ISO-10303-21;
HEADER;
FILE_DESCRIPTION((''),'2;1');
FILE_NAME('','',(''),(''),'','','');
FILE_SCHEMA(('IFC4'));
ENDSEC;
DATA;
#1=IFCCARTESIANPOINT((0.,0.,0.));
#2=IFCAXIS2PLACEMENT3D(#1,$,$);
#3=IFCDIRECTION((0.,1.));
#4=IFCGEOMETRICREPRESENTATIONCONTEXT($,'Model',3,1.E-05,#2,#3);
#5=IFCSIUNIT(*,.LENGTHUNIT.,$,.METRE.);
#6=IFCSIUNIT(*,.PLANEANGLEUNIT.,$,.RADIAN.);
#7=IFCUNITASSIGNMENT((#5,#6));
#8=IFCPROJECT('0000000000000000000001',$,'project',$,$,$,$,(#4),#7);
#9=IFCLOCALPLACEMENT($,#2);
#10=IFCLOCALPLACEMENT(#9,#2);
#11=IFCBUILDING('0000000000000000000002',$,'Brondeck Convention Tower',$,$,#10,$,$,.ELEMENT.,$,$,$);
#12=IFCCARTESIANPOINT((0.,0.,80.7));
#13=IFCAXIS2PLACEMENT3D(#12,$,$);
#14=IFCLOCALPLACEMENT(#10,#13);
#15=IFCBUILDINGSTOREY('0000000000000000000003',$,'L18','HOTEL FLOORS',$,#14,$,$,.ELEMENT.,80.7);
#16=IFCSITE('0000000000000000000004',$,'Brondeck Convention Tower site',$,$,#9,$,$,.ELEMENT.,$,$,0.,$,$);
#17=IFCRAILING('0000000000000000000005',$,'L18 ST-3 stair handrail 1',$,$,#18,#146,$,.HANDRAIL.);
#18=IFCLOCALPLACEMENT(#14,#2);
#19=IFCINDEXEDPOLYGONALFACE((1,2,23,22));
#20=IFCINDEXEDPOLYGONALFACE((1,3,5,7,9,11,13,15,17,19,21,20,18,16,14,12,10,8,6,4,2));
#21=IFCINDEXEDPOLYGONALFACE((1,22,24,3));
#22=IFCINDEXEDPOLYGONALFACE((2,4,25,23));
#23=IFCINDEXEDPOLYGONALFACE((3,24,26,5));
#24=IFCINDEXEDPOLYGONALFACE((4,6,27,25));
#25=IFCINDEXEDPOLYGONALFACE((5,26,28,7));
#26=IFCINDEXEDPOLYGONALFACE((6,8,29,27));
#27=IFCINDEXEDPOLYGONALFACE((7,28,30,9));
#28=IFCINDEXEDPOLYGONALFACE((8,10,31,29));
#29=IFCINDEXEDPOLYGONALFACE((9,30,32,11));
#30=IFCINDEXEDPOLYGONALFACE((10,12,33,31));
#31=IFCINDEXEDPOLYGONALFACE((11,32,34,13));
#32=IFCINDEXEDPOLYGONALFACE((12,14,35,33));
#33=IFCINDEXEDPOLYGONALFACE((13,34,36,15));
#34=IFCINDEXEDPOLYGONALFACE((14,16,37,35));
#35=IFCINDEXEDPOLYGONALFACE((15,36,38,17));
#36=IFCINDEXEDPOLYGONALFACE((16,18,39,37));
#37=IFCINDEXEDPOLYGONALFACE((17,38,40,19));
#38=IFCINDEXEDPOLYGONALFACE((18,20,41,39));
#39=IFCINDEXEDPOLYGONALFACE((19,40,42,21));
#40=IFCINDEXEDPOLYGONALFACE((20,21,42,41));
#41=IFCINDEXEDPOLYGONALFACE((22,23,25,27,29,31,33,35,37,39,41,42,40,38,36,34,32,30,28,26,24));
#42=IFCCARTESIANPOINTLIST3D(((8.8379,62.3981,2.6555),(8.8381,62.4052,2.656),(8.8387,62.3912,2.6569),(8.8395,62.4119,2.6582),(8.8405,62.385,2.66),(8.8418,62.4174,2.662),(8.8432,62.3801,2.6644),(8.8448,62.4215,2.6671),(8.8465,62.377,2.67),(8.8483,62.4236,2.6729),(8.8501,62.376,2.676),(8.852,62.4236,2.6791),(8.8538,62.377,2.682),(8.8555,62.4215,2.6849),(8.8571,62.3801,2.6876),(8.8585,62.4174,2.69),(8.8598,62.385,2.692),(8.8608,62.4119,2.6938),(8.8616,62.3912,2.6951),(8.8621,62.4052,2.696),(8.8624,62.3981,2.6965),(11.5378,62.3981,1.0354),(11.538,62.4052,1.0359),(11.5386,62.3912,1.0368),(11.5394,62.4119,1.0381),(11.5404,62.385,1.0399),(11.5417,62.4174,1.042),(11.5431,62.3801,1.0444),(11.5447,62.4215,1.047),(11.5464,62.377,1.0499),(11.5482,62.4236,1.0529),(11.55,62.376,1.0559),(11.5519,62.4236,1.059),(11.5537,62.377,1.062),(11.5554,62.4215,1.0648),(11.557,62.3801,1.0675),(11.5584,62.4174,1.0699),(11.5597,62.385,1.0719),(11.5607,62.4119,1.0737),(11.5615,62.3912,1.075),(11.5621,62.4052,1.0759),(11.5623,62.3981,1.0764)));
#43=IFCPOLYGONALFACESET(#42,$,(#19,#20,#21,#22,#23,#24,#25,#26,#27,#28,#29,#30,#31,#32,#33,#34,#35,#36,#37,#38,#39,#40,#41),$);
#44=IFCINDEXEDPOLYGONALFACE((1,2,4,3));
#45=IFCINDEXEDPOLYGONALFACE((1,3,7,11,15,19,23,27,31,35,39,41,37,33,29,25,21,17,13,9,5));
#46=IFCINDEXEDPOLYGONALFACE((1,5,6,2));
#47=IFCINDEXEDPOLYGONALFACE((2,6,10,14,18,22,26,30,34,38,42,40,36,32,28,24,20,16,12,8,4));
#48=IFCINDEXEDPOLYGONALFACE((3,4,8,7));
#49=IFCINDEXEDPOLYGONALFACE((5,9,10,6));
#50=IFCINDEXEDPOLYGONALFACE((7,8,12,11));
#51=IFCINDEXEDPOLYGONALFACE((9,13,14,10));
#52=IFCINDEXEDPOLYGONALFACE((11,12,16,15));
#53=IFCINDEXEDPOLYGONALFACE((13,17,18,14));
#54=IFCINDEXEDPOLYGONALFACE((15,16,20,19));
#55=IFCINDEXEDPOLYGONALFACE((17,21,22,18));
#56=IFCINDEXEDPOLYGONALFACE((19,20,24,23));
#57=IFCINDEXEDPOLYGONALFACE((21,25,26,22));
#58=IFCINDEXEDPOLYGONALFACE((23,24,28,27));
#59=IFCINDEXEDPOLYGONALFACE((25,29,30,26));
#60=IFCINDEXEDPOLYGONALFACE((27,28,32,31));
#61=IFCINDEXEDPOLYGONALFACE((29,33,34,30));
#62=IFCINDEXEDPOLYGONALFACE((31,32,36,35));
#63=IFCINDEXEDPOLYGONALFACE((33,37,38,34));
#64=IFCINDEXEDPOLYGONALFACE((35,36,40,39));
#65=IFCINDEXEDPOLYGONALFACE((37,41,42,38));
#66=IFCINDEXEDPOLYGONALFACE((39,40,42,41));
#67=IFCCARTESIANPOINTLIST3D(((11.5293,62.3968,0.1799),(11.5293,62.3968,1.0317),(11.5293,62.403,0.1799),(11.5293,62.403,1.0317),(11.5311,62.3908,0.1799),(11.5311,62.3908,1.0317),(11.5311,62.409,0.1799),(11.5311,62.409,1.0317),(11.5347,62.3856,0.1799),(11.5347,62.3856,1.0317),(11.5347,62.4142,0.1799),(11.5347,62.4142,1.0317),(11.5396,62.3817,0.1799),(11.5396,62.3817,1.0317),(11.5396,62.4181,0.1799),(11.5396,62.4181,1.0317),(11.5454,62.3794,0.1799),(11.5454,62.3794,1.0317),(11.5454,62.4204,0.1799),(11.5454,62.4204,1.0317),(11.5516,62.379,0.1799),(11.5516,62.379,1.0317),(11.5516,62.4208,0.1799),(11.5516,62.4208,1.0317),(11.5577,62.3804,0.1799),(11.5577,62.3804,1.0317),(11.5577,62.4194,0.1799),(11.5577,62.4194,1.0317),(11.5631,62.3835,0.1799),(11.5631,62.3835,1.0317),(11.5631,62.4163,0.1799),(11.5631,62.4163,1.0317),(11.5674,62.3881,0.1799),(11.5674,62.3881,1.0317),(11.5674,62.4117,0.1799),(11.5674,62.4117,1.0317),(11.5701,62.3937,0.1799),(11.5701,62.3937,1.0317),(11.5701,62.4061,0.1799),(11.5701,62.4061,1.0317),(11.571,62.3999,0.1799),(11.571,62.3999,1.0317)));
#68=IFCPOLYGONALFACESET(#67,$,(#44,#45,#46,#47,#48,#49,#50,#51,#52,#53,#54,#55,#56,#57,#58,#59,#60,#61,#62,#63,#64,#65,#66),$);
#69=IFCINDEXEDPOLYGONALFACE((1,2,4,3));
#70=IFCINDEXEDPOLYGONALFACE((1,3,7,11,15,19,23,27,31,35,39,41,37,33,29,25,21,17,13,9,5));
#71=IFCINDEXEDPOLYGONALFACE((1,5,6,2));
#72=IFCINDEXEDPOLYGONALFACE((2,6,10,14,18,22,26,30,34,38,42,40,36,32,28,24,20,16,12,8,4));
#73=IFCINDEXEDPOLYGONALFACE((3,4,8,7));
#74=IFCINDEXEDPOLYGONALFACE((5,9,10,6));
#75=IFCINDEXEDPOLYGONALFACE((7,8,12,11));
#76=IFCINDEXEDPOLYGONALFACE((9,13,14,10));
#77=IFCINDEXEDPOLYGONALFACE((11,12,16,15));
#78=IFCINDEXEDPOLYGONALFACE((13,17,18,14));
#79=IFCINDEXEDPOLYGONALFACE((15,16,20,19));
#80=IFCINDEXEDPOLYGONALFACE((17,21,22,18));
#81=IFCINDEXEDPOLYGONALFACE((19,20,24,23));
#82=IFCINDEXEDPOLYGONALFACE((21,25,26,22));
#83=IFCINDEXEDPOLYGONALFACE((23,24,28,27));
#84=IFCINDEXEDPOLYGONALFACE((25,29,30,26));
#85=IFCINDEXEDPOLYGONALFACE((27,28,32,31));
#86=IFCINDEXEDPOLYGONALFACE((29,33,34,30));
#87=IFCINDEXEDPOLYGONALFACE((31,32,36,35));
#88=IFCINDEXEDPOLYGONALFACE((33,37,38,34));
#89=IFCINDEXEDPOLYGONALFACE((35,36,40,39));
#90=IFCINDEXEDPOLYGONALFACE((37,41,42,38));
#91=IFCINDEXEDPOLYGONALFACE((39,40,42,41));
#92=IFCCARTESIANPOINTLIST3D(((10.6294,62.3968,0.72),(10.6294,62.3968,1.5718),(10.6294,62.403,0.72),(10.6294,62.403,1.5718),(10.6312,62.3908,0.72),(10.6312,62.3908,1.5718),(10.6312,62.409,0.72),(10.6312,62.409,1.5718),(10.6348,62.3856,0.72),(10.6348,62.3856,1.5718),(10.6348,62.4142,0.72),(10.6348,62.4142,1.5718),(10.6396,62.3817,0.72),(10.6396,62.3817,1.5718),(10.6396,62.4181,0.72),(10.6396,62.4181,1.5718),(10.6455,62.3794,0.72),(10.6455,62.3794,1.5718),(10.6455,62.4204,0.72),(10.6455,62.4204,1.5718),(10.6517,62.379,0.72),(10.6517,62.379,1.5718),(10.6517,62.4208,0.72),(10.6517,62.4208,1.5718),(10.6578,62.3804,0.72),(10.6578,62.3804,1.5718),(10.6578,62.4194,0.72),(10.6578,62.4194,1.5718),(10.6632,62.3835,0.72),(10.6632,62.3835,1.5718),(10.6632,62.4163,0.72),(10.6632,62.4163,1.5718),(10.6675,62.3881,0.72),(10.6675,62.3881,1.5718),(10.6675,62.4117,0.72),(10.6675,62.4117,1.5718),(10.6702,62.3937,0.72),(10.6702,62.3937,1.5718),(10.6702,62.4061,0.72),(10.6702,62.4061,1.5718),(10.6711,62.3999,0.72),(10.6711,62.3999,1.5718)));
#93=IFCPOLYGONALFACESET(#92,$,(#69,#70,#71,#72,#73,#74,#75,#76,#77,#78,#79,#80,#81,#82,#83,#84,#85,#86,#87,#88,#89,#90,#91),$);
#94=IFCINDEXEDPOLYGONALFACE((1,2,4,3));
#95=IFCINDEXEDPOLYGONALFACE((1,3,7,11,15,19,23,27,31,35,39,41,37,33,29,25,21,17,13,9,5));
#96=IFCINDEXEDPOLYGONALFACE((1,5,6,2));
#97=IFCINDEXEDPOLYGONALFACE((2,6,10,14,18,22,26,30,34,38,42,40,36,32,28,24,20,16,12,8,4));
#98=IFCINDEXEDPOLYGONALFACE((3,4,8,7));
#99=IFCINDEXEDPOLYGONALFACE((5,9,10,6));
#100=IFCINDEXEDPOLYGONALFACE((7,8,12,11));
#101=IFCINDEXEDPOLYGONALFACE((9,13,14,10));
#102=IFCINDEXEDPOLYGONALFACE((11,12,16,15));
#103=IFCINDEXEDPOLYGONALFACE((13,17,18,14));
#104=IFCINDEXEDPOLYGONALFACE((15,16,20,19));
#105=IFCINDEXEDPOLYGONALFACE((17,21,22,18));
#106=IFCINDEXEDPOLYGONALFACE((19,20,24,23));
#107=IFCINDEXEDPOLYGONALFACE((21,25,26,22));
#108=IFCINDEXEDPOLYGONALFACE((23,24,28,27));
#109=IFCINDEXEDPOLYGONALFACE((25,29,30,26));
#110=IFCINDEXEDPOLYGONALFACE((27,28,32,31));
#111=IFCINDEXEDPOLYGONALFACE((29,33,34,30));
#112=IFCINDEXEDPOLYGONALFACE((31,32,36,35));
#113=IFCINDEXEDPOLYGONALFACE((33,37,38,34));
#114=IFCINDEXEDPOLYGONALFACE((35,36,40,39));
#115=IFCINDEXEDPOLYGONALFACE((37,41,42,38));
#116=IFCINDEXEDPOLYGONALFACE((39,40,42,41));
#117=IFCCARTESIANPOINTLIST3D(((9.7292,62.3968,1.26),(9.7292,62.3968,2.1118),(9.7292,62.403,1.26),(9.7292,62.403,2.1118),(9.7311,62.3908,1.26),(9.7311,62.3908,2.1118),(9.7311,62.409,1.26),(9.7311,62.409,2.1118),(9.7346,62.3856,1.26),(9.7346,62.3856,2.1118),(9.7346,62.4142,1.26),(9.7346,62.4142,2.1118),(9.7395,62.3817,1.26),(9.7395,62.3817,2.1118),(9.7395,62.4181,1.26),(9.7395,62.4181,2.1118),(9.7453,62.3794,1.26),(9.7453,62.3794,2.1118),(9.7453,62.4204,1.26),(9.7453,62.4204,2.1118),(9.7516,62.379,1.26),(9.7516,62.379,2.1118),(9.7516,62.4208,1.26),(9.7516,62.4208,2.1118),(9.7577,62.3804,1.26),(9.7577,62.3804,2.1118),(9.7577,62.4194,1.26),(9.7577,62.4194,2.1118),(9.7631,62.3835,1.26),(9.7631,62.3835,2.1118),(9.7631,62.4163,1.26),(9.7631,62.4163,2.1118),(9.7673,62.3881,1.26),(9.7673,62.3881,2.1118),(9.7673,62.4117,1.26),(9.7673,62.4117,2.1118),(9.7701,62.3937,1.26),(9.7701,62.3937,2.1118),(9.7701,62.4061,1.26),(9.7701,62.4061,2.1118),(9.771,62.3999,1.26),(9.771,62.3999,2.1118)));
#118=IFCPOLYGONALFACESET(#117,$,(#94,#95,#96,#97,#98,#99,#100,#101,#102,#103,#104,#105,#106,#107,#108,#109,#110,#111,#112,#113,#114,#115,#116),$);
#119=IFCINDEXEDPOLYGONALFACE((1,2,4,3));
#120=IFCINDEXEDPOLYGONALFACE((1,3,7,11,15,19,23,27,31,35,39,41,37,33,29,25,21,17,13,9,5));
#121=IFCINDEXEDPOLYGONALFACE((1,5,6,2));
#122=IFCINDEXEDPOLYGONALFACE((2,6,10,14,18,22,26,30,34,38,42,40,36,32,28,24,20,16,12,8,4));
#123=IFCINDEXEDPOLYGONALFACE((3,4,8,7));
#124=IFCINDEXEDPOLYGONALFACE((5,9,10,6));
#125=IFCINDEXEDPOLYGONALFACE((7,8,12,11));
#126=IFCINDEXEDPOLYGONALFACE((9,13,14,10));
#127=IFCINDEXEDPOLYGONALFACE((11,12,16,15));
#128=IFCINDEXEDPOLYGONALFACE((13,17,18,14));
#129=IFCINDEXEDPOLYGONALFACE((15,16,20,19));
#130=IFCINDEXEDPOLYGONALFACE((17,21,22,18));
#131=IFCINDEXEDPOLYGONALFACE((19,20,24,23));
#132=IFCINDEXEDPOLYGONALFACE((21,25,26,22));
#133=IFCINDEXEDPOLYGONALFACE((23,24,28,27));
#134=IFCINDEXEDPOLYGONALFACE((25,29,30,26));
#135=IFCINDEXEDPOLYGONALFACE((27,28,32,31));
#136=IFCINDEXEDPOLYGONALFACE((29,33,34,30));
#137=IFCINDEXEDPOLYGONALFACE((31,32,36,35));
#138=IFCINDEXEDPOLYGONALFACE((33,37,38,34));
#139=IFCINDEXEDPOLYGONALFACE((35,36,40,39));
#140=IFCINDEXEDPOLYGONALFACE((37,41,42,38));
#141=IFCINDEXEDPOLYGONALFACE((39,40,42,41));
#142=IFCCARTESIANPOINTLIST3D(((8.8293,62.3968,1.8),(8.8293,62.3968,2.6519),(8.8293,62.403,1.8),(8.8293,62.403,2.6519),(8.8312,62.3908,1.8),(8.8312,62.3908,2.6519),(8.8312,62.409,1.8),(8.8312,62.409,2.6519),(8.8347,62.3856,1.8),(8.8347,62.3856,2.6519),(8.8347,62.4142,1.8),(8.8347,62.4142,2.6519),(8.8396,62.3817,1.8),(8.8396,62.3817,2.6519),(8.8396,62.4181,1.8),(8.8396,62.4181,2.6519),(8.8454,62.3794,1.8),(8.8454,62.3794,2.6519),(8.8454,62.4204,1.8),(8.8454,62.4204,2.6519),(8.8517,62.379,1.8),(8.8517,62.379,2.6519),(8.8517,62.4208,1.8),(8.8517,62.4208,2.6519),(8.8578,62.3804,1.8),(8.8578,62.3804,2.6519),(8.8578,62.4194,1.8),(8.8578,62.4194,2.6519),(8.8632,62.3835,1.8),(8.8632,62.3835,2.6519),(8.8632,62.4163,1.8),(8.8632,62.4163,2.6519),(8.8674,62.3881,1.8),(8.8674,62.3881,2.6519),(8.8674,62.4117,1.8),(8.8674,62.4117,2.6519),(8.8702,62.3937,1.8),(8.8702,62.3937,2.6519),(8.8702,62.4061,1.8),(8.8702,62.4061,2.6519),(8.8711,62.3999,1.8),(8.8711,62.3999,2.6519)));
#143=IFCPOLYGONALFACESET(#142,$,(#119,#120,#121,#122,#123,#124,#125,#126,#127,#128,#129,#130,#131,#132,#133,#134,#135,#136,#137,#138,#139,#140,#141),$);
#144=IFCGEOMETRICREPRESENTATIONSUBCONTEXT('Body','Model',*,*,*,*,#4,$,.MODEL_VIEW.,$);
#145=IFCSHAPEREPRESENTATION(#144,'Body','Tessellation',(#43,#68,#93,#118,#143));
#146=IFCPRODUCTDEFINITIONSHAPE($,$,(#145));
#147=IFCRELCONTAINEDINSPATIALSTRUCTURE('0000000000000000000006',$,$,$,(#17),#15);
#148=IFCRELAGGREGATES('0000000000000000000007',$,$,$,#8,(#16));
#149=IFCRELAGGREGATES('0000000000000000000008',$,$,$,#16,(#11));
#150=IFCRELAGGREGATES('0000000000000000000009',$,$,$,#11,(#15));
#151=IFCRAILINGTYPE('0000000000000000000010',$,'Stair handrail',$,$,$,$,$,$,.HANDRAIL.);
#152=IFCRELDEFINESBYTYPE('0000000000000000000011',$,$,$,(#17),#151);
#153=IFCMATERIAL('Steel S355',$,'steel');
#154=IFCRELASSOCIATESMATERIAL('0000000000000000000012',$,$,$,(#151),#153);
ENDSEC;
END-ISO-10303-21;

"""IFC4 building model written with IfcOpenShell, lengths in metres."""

from ifc_helpers import new_model, si_unit, direction, frame, origin, origin_2d, place, context, subcontext, project, spatial, circle, extrude, material, type_object, element, save


model = new_model("IFC4")

# Units and contexts
model_context = context("Model", 3, precision=1e-05, world=origin(), true_north=direction((0.0, 1.0)))
body_context = subcontext(model_context, "Body", "Model", "MODEL_VIEW")
ifc_project = project(units=[si_unit("LENGTHUNIT", "METRE"), si_unit("PLANEANGLEUNIT", "RADIAN")], contexts=[model_context])

# Site, building, storey
site_placement = place(None, origin())
site = spatial("IfcSite", under=ifc_project, at=site_placement, Name="Brondeck Convention Tower site", CompositionType="ELEMENT", RefElevation=0.0)
building_placement = place(site_placement, origin())
building = spatial("IfcBuilding", under=site, at=building_placement, Name="Brondeck Convention Tower", CompositionType="ELEMENT")
storey_placement = place(building_placement, frame((0.0, 0.0, 80.7)))
storey = spatial("IfcBuildingStorey", under=building, at=storey_placement, Name="L18", Description="HOTEL FLOORS", CompositionType="ELEMENT", Elevation=80.7)

# Railing
ifc_material_1 = material(Name="Steel S355", Category="steel")
railing_type_1 = type_object("IfcRailingType", Name="Stair handrail", PredefinedType="HANDRAIL", material=ifc_material_1)
railing_1_placement = place(storey_placement, frame((11.55, 62.3999, 0.1799)))
element("IfcRailing", 1, at=railing_1_placement, inside=storey, type_object=railing_type_1, Name="L18 ST-3 stair handrail 1", PredefinedType="HANDRAIL", context=body_context, shape_type="SweptSolid", body=[
    extrude(circle(Radius=0.0239, at=origin_2d()), frame((0.0, 0.0, 0.876), z_axis=(-0.857472, 0.0, 0.51453), x_axis=(0.0, -1.0, 0.0)), (0.0, 0.0, 1.0), 3.1487),
    extrude(circle(Radius=0.021, at=origin_2d()), origin(), (0.0, 0.0, 1.0), 0.8518),
    extrude(circle(Radius=0.021, at=origin_2d()), frame((-0.8999, 0.0, 0.54)), (0.0, 0.0, 1.0), 0.8518),
    extrude(circle(Radius=0.021, at=origin_2d()), frame((-1.8, 0.0, 1.0801)), (0.0, 0.0, 1.0), 0.8518),
    extrude(circle(Radius=0.021, at=origin_2d()), frame((-2.7, 0.0, 1.6201)), (0.0, 0.0, 1.0), 0.8518),
])

save(model, "model.ifc")
